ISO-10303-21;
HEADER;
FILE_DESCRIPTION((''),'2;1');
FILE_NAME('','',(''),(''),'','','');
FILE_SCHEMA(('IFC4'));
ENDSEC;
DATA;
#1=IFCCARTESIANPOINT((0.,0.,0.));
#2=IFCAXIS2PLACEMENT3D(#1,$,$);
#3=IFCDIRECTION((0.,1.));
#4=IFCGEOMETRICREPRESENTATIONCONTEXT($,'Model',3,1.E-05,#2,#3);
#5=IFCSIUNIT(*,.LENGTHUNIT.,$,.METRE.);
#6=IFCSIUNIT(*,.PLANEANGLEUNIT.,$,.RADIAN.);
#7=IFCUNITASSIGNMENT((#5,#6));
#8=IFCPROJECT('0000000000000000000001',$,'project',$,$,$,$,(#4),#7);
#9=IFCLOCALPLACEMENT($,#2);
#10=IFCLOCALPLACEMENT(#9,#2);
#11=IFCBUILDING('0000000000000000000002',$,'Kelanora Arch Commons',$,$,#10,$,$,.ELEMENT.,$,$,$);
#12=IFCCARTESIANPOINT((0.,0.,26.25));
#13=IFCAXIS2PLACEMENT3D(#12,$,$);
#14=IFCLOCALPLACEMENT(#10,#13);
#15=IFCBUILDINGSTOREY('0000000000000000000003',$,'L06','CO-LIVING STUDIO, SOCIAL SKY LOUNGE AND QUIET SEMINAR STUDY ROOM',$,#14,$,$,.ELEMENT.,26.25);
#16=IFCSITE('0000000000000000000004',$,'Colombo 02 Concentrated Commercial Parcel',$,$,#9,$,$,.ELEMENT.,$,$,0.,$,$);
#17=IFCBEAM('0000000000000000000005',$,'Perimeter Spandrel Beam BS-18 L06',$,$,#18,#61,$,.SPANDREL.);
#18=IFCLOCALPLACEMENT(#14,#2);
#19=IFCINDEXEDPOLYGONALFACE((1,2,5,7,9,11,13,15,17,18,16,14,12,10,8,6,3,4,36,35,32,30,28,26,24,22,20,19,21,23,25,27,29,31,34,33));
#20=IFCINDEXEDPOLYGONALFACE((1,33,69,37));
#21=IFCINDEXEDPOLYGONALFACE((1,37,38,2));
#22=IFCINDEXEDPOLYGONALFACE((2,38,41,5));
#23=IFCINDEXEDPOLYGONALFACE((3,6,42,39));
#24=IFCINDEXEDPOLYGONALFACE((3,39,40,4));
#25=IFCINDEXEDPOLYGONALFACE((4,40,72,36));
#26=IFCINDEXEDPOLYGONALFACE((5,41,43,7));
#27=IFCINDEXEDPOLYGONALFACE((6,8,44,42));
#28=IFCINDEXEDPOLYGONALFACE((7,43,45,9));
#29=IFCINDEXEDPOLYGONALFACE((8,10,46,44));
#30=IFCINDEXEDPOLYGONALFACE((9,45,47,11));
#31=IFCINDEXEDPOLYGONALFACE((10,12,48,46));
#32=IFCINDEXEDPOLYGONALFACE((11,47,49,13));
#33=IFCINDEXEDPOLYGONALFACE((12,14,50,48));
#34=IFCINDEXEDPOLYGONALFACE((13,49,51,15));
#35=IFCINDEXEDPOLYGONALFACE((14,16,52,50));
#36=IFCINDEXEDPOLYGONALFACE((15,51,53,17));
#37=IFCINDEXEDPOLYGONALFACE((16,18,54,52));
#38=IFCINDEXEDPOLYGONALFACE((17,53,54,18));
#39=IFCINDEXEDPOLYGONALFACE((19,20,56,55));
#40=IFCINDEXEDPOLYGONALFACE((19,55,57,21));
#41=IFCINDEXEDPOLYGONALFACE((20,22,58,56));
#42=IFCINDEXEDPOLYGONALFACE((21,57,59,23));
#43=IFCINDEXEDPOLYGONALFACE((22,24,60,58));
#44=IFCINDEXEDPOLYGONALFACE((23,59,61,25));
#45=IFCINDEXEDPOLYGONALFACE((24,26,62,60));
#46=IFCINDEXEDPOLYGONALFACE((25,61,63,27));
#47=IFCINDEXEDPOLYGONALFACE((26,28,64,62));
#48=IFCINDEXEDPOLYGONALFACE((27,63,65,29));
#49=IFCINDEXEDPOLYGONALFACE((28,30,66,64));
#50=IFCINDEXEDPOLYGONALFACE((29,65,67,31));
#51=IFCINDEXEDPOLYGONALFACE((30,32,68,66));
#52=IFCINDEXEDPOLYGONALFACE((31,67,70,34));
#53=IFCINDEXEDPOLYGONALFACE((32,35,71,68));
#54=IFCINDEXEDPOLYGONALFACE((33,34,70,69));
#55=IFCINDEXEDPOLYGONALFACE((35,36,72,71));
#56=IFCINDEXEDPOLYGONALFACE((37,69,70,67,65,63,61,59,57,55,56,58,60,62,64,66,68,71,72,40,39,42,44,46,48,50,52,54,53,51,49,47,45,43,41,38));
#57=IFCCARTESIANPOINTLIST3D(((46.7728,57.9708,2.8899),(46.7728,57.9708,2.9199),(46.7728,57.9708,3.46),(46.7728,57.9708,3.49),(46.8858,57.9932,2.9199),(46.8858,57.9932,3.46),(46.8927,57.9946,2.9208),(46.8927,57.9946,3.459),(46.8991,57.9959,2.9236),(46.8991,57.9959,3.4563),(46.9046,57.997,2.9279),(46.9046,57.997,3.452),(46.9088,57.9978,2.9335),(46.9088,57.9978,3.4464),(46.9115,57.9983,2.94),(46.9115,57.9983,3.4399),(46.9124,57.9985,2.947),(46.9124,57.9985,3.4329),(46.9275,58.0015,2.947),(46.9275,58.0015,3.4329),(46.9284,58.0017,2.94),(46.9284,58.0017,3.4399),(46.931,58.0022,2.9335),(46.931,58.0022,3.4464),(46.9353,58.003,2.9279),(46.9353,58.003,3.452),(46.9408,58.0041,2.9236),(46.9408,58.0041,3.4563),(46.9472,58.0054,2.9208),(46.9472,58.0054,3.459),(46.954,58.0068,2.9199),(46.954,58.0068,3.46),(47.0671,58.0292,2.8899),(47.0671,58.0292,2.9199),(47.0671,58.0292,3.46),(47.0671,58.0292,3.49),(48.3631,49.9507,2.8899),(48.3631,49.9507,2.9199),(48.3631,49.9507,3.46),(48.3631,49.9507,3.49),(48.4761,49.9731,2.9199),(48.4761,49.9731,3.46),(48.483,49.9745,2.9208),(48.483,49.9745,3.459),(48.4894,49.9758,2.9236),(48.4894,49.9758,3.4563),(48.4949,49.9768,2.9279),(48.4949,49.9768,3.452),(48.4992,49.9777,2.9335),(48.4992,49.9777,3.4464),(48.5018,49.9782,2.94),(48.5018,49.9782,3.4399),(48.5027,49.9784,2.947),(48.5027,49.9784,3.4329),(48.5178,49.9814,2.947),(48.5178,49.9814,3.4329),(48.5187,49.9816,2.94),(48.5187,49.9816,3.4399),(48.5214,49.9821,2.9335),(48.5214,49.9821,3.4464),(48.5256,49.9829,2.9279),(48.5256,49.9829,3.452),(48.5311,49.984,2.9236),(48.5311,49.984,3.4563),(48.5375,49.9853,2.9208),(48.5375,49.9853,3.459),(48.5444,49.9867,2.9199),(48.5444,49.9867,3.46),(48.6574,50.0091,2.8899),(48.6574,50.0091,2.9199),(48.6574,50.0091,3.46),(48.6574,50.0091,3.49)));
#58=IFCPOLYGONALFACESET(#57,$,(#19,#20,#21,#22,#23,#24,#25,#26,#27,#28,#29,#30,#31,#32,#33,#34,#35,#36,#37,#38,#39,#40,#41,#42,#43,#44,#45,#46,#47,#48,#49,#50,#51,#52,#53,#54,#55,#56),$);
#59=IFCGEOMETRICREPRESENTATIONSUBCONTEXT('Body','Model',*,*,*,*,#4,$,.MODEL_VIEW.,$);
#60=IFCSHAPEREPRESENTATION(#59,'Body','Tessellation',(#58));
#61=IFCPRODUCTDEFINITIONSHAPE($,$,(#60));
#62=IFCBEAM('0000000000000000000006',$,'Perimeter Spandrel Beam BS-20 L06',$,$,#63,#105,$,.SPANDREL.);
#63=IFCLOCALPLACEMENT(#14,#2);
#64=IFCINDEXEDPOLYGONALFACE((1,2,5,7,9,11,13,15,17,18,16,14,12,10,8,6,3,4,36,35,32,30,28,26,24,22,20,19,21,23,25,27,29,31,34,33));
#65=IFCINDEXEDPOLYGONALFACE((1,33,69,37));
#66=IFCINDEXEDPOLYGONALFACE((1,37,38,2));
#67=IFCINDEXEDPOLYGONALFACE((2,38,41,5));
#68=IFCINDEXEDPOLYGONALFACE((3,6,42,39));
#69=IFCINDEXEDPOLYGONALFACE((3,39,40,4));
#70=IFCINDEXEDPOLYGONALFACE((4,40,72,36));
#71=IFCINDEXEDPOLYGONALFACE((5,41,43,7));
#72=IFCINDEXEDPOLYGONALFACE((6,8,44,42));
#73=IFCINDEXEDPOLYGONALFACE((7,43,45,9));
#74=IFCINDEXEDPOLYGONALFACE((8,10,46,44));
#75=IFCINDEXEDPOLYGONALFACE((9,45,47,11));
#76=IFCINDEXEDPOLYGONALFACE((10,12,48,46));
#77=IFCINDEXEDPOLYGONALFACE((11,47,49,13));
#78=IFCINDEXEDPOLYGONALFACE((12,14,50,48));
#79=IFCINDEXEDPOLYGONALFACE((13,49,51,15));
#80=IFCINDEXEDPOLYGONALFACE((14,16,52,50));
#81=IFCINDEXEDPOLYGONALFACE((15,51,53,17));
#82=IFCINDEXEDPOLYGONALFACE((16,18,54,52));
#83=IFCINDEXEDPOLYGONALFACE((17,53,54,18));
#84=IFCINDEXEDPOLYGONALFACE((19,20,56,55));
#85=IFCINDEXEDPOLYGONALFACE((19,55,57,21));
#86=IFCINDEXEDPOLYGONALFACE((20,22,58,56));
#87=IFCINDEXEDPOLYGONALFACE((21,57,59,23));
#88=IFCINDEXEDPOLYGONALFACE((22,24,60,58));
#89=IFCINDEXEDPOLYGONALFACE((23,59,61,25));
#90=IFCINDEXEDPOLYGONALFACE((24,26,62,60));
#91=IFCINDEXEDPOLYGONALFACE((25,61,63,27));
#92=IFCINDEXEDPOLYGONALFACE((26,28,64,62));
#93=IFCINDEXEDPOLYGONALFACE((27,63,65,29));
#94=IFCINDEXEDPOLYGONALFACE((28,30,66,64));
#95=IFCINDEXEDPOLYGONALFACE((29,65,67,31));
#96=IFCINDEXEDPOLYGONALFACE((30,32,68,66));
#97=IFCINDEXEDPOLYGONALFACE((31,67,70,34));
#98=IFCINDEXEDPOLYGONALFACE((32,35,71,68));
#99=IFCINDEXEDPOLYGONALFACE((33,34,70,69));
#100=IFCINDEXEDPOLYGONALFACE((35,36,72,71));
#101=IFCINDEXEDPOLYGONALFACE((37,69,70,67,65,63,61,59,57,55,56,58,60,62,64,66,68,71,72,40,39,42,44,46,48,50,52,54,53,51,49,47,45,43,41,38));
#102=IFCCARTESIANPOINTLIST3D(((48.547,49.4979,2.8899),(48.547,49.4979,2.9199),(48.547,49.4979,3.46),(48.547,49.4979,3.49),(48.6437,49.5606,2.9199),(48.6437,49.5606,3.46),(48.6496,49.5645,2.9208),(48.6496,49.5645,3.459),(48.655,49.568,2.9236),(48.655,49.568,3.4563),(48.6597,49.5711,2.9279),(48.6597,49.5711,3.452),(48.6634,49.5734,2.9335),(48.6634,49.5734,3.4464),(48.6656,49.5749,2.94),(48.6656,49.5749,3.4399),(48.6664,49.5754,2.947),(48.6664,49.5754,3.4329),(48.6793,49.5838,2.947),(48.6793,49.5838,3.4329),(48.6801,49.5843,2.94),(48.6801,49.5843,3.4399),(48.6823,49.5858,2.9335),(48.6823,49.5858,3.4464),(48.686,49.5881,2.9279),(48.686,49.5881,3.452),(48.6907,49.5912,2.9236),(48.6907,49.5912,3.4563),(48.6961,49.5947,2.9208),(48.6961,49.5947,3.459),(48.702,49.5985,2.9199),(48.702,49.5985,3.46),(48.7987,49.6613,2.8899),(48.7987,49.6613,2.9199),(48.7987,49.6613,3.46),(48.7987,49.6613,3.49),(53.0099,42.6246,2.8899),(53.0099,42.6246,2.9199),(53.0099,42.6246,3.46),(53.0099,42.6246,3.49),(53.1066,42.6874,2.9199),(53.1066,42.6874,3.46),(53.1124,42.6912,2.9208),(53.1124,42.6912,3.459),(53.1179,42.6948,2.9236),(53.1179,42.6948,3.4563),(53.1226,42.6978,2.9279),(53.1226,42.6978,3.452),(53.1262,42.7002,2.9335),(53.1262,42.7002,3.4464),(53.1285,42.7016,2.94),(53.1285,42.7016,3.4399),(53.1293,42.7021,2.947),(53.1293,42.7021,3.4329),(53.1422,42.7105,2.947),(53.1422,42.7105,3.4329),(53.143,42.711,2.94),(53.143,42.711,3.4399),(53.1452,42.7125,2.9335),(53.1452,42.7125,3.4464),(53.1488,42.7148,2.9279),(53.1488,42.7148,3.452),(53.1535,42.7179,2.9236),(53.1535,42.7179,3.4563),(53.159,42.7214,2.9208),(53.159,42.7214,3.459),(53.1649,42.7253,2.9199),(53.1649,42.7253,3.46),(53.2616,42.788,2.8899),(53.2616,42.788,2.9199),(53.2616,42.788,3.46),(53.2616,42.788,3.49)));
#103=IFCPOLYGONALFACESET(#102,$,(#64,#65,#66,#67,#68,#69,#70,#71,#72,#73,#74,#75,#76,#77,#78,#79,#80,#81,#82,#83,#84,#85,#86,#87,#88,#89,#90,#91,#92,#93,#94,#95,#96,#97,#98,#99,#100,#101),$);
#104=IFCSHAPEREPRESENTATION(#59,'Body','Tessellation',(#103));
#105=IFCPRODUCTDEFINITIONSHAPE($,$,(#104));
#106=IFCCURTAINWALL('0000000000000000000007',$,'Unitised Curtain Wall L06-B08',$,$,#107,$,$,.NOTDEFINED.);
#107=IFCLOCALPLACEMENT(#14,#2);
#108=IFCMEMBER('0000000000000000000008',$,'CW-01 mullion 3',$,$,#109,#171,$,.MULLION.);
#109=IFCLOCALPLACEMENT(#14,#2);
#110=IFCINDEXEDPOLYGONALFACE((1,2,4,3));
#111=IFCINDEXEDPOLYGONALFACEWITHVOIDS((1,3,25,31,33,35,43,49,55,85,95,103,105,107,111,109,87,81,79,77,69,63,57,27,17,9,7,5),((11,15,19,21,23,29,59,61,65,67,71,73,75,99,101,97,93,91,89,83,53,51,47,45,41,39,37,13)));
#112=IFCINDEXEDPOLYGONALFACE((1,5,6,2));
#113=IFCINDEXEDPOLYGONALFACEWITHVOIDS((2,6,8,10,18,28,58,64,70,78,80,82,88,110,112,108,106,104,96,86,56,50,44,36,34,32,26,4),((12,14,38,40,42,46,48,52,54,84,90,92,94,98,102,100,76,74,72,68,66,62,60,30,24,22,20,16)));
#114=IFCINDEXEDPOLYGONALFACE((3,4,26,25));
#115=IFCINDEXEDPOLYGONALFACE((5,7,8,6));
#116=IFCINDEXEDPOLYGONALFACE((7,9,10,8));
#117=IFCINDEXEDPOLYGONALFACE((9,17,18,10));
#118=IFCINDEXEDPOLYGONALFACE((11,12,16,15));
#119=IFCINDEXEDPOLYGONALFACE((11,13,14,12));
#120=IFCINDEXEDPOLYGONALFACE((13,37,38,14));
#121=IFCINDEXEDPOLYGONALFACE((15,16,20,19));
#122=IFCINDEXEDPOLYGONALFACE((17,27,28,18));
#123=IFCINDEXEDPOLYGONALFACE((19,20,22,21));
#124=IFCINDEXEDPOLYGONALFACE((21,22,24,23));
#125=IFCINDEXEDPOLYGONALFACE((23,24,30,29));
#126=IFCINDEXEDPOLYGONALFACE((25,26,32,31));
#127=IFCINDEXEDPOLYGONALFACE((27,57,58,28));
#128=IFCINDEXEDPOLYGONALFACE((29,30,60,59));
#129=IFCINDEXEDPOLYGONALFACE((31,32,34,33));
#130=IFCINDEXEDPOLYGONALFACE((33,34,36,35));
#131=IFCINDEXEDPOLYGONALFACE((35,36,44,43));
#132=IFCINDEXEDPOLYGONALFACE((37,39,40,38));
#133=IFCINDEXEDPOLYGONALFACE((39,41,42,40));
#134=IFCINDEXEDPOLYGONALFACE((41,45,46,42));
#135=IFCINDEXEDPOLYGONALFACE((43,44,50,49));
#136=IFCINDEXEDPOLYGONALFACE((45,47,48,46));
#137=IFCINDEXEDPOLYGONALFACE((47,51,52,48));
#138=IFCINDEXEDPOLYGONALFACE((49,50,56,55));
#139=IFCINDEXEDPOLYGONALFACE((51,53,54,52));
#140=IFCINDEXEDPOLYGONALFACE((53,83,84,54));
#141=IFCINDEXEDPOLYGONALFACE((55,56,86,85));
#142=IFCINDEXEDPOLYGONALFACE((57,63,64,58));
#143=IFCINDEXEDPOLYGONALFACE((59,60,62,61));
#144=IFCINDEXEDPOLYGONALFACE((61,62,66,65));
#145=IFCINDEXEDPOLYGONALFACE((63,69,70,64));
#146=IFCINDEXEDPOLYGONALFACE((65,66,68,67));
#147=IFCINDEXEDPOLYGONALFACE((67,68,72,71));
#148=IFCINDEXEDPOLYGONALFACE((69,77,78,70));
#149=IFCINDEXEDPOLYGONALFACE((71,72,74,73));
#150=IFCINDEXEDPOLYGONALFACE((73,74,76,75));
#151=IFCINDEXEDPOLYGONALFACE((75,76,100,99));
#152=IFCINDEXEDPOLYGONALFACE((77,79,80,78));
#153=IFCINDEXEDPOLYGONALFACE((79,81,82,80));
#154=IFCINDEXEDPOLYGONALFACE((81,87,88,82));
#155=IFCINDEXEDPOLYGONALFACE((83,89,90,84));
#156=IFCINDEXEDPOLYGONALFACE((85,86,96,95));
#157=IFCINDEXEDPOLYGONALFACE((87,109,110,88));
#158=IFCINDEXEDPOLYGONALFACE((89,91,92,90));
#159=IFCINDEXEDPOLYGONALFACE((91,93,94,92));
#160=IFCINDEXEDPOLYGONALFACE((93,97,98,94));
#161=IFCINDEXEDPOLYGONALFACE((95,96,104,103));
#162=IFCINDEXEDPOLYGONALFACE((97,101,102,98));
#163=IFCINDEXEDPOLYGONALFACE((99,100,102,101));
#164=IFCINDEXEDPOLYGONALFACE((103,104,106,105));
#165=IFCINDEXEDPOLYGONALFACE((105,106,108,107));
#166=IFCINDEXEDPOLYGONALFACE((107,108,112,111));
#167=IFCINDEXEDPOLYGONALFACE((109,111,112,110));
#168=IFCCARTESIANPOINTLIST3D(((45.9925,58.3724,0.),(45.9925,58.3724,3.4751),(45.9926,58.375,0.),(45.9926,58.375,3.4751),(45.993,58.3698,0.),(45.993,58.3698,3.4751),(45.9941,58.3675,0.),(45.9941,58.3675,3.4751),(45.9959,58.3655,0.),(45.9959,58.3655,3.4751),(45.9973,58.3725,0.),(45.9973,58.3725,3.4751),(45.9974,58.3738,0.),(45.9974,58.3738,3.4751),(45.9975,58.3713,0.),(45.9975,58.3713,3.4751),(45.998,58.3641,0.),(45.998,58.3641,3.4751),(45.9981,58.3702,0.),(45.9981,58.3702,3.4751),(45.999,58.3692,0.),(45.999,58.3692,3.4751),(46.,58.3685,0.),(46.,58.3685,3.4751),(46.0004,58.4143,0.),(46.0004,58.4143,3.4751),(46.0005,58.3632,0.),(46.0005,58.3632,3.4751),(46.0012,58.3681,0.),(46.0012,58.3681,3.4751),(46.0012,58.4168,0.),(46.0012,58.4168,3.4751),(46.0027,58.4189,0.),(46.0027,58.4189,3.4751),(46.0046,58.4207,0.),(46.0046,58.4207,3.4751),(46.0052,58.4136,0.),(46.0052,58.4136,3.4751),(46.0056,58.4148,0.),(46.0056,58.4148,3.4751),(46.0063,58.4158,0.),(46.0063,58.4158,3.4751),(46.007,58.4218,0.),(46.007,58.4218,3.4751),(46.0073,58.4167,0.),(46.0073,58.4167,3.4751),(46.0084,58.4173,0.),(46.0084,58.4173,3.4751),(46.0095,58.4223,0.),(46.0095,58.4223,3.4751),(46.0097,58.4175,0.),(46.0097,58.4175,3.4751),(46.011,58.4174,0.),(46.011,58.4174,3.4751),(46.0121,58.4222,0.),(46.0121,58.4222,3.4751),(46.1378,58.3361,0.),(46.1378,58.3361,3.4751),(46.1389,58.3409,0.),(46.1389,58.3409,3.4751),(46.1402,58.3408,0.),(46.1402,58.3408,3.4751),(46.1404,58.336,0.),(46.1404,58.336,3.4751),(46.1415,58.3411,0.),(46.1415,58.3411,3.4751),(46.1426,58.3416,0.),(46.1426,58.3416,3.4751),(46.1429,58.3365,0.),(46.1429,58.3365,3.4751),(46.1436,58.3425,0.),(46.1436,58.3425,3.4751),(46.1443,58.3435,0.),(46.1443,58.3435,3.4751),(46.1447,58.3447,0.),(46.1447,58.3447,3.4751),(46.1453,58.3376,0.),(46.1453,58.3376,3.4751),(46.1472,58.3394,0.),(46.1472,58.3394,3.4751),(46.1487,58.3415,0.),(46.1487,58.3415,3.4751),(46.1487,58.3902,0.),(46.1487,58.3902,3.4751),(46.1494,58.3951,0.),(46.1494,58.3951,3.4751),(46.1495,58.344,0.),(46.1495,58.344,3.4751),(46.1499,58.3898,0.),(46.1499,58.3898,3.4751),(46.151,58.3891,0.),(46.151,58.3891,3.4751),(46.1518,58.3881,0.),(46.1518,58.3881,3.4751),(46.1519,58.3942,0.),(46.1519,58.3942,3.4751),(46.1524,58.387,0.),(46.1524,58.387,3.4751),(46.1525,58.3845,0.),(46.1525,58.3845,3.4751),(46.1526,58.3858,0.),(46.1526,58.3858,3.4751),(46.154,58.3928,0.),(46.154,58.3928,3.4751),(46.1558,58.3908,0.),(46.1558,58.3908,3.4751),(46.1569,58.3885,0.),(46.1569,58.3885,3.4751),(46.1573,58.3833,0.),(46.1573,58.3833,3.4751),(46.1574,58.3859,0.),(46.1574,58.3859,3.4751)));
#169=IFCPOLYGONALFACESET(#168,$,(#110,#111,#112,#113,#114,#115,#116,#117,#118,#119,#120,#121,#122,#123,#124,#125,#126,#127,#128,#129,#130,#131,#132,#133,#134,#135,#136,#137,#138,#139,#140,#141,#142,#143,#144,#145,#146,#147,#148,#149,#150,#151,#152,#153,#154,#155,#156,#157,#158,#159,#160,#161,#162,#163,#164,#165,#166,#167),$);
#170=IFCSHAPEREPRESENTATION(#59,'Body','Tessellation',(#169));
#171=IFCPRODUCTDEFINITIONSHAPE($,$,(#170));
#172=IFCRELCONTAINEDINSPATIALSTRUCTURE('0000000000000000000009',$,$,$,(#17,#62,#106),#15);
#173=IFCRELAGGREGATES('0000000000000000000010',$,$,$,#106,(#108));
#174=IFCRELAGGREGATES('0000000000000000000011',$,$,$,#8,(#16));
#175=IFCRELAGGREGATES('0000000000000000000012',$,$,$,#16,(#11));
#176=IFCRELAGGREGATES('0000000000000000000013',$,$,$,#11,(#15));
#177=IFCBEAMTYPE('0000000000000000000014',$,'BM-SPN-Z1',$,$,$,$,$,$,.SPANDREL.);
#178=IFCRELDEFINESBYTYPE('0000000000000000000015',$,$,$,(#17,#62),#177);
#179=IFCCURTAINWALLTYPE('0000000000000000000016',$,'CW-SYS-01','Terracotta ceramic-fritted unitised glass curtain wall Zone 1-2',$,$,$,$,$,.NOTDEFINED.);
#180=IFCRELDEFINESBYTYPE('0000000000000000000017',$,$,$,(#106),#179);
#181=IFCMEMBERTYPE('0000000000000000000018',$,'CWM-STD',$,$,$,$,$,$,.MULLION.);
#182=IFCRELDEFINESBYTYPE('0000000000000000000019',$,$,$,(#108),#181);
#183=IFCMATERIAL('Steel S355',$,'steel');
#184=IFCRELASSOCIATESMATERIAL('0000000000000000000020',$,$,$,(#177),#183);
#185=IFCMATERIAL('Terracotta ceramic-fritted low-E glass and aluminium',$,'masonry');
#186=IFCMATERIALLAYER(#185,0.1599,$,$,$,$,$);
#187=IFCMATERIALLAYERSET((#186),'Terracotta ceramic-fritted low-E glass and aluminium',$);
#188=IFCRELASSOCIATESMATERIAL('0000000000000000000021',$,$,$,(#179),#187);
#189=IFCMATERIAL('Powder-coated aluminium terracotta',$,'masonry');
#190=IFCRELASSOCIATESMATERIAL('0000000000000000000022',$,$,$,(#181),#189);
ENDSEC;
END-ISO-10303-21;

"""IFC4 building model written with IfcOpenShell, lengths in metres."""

from ifc_helpers import new_model, si_unit, direction, frame, origin, origin_2d, place, context, subcontext, project, spatial, hollow_rectangle, i_section, extrude, material, layer, layer_set, material_profile, profile_set, type_object, element, aggregate, save


model = new_model("IFC4")

# Units and contexts
model_context = context("Model", 3, precision=1e-05, world=origin(), true_north=direction((0.0, 1.0)))
body_context = subcontext(model_context, "Body", "Model", "MODEL_VIEW")
ifc_project = project(units=[si_unit("LENGTHUNIT", "METRE"), si_unit("PLANEANGLEUNIT", "RADIAN")], contexts=[model_context])

# Site, building, storey
site_placement = place(None, origin())
site = spatial("IfcSite", under=ifc_project, at=site_placement, Name="Colombo 02 Concentrated Commercial Parcel", CompositionType="ELEMENT", RefElevation=0.0)
building_placement = place(site_placement, origin())
building = spatial("IfcBuilding", under=site, at=building_placement, Name="Kelanora Arch Commons", CompositionType="ELEMENT")
storey_placement = place(building_placement, frame((0.0, 0.0, 26.25)))
storey = spatial("IfcBuildingStorey", under=building, at=storey_placement, Name="L06", Description="CO-LIVING STUDIO, SOCIAL SKY LOUNGE AND QUIET SEMINAR STUDY ROOM", CompositionType="ELEMENT", Elevation=26.25)

# Beams
ifc_material_1 = material(Name="Steel S355", Category="steel")
ifc_material_profile_1 = material_profile(ifc_material_1, i_section(OverallWidth=0.3, OverallDepth=0.6001, WebThickness=0.0154, FlangeThickness=0.03, FilletRadius=0.0271, at=origin_2d()), Name="HEB600")
ifc_profile_set_1 = profile_set([ifc_material_profile_1], Name="Steel S355")
beam_type_1 = type_object("IfcBeamType", Name="BM-SPN-Z1", PredefinedType="SPANDREL", material=ifc_profile_set_1)
beam_1_placement = place(storey_placement, frame((46.9199, 58.0, 3.1899), z_axis=(0.194508, -0.980901, 0.0), x_axis=(0.980901, 0.194508, 0.0)))
element("IfcBeam", 1, at=beam_1_placement, inside=storey, type_object=beam_type_1, Name="Perimeter Spandrel Beam BS-18 L06", PredefinedType="SPANDREL", context=body_context, shape_type="SweptSolid", body=[
    extrude(i_section(OverallWidth=0.3, OverallDepth=0.6001, WebThickness=0.0154, FlangeThickness=0.03, FilletRadius=0.0271, at=origin_2d()), origin(), (0.0, 0.0, 1.0), 8.1763),
])
beam_2_placement = place(storey_placement, frame((48.6729, 49.5796, 3.1899), z_axis=(0.544581, -0.838708, 0.0), x_axis=(0.838708, 0.544581, 0.0)))
element("IfcBeam", 2, at=beam_2_placement, inside=storey, type_object=beam_type_1, Name="Perimeter Spandrel Beam BS-20 L06", PredefinedType="SPANDREL", context=body_context, shape_type="SweptSolid", body=[
    extrude(i_section(OverallWidth=0.3, OverallDepth=0.6001, WebThickness=0.0154, FlangeThickness=0.03, FilletRadius=0.0271, at=origin_2d()), origin(), (0.0, 0.0, 1.0), 8.1951),
])

# Curtain wall, member
ifc_material_2 = material(Name="Terracotta ceramic-fritted low-E glass and aluminium", Category="masonry")
ifc_layer_1 = layer(ifc_material_2, 0.1599)
ifc_layer_set_1 = layer_set([ifc_layer_1], Name="Terracotta ceramic-fritted low-E glass and aluminium")
curtain_wall_type = type_object("IfcCurtainWallType", Name="CW-SYS-01", Description="Terracotta ceramic-fritted unitised glass curtain wall Zone 1-2", PredefinedType="NOTDEFINED", material=ifc_layer_set_1)
curtain_wall_1_placement = place(storey_placement, origin())
curtain_wall_1 = element("IfcCurtainWall", 3, at=curtain_wall_1_placement, inside=storey, type_object=curtain_wall_type, Name="Unitised Curtain Wall L06-B08", PredefinedType="NOTDEFINED")
ifc_material_3 = material(Name="Powder-coated aluminium terracotta", Category="masonry")
ifc_material_profile_2 = material_profile(ifc_material_3, hollow_rectangle(XDim=0.1599, YDim=0.0601, WallThickness=0.0049, InnerFilletRadius=0.0049, OuterFilletRadius=0.01, at=origin_2d()), Name="CWM160x60")
ifc_profile_set_2 = profile_set([ifc_material_profile_2], Name="Powder-coated aluminium terracotta")
member_type_1 = type_object("IfcMemberType", Name="CWM-STD", PredefinedType="MULLION", material=ifc_profile_set_2)
member_1_placement = place(storey_placement, frame((46.075, 58.3792, 0.0), z_axis=(0.0, 0.0, 1.0), x_axis=(0.981052, -0.193744, 0.0)))
member_1 = element("IfcMember", 4, at=member_1_placement, type_object=member_type_1, Name="CW-01 mullion 3", PredefinedType="MULLION", context=body_context, shape_type="SweptSolid", body=[
    extrude(hollow_rectangle(XDim=0.1599, YDim=0.0601, WallThickness=0.0049, InnerFilletRadius=0.0049, OuterFilletRadius=0.01, at=origin_2d()), origin(), (0.0, 0.0, 1.0), 3.4751),
])
aggregate(curtain_wall_1, [member_1])

save(model, "model.ifc")
